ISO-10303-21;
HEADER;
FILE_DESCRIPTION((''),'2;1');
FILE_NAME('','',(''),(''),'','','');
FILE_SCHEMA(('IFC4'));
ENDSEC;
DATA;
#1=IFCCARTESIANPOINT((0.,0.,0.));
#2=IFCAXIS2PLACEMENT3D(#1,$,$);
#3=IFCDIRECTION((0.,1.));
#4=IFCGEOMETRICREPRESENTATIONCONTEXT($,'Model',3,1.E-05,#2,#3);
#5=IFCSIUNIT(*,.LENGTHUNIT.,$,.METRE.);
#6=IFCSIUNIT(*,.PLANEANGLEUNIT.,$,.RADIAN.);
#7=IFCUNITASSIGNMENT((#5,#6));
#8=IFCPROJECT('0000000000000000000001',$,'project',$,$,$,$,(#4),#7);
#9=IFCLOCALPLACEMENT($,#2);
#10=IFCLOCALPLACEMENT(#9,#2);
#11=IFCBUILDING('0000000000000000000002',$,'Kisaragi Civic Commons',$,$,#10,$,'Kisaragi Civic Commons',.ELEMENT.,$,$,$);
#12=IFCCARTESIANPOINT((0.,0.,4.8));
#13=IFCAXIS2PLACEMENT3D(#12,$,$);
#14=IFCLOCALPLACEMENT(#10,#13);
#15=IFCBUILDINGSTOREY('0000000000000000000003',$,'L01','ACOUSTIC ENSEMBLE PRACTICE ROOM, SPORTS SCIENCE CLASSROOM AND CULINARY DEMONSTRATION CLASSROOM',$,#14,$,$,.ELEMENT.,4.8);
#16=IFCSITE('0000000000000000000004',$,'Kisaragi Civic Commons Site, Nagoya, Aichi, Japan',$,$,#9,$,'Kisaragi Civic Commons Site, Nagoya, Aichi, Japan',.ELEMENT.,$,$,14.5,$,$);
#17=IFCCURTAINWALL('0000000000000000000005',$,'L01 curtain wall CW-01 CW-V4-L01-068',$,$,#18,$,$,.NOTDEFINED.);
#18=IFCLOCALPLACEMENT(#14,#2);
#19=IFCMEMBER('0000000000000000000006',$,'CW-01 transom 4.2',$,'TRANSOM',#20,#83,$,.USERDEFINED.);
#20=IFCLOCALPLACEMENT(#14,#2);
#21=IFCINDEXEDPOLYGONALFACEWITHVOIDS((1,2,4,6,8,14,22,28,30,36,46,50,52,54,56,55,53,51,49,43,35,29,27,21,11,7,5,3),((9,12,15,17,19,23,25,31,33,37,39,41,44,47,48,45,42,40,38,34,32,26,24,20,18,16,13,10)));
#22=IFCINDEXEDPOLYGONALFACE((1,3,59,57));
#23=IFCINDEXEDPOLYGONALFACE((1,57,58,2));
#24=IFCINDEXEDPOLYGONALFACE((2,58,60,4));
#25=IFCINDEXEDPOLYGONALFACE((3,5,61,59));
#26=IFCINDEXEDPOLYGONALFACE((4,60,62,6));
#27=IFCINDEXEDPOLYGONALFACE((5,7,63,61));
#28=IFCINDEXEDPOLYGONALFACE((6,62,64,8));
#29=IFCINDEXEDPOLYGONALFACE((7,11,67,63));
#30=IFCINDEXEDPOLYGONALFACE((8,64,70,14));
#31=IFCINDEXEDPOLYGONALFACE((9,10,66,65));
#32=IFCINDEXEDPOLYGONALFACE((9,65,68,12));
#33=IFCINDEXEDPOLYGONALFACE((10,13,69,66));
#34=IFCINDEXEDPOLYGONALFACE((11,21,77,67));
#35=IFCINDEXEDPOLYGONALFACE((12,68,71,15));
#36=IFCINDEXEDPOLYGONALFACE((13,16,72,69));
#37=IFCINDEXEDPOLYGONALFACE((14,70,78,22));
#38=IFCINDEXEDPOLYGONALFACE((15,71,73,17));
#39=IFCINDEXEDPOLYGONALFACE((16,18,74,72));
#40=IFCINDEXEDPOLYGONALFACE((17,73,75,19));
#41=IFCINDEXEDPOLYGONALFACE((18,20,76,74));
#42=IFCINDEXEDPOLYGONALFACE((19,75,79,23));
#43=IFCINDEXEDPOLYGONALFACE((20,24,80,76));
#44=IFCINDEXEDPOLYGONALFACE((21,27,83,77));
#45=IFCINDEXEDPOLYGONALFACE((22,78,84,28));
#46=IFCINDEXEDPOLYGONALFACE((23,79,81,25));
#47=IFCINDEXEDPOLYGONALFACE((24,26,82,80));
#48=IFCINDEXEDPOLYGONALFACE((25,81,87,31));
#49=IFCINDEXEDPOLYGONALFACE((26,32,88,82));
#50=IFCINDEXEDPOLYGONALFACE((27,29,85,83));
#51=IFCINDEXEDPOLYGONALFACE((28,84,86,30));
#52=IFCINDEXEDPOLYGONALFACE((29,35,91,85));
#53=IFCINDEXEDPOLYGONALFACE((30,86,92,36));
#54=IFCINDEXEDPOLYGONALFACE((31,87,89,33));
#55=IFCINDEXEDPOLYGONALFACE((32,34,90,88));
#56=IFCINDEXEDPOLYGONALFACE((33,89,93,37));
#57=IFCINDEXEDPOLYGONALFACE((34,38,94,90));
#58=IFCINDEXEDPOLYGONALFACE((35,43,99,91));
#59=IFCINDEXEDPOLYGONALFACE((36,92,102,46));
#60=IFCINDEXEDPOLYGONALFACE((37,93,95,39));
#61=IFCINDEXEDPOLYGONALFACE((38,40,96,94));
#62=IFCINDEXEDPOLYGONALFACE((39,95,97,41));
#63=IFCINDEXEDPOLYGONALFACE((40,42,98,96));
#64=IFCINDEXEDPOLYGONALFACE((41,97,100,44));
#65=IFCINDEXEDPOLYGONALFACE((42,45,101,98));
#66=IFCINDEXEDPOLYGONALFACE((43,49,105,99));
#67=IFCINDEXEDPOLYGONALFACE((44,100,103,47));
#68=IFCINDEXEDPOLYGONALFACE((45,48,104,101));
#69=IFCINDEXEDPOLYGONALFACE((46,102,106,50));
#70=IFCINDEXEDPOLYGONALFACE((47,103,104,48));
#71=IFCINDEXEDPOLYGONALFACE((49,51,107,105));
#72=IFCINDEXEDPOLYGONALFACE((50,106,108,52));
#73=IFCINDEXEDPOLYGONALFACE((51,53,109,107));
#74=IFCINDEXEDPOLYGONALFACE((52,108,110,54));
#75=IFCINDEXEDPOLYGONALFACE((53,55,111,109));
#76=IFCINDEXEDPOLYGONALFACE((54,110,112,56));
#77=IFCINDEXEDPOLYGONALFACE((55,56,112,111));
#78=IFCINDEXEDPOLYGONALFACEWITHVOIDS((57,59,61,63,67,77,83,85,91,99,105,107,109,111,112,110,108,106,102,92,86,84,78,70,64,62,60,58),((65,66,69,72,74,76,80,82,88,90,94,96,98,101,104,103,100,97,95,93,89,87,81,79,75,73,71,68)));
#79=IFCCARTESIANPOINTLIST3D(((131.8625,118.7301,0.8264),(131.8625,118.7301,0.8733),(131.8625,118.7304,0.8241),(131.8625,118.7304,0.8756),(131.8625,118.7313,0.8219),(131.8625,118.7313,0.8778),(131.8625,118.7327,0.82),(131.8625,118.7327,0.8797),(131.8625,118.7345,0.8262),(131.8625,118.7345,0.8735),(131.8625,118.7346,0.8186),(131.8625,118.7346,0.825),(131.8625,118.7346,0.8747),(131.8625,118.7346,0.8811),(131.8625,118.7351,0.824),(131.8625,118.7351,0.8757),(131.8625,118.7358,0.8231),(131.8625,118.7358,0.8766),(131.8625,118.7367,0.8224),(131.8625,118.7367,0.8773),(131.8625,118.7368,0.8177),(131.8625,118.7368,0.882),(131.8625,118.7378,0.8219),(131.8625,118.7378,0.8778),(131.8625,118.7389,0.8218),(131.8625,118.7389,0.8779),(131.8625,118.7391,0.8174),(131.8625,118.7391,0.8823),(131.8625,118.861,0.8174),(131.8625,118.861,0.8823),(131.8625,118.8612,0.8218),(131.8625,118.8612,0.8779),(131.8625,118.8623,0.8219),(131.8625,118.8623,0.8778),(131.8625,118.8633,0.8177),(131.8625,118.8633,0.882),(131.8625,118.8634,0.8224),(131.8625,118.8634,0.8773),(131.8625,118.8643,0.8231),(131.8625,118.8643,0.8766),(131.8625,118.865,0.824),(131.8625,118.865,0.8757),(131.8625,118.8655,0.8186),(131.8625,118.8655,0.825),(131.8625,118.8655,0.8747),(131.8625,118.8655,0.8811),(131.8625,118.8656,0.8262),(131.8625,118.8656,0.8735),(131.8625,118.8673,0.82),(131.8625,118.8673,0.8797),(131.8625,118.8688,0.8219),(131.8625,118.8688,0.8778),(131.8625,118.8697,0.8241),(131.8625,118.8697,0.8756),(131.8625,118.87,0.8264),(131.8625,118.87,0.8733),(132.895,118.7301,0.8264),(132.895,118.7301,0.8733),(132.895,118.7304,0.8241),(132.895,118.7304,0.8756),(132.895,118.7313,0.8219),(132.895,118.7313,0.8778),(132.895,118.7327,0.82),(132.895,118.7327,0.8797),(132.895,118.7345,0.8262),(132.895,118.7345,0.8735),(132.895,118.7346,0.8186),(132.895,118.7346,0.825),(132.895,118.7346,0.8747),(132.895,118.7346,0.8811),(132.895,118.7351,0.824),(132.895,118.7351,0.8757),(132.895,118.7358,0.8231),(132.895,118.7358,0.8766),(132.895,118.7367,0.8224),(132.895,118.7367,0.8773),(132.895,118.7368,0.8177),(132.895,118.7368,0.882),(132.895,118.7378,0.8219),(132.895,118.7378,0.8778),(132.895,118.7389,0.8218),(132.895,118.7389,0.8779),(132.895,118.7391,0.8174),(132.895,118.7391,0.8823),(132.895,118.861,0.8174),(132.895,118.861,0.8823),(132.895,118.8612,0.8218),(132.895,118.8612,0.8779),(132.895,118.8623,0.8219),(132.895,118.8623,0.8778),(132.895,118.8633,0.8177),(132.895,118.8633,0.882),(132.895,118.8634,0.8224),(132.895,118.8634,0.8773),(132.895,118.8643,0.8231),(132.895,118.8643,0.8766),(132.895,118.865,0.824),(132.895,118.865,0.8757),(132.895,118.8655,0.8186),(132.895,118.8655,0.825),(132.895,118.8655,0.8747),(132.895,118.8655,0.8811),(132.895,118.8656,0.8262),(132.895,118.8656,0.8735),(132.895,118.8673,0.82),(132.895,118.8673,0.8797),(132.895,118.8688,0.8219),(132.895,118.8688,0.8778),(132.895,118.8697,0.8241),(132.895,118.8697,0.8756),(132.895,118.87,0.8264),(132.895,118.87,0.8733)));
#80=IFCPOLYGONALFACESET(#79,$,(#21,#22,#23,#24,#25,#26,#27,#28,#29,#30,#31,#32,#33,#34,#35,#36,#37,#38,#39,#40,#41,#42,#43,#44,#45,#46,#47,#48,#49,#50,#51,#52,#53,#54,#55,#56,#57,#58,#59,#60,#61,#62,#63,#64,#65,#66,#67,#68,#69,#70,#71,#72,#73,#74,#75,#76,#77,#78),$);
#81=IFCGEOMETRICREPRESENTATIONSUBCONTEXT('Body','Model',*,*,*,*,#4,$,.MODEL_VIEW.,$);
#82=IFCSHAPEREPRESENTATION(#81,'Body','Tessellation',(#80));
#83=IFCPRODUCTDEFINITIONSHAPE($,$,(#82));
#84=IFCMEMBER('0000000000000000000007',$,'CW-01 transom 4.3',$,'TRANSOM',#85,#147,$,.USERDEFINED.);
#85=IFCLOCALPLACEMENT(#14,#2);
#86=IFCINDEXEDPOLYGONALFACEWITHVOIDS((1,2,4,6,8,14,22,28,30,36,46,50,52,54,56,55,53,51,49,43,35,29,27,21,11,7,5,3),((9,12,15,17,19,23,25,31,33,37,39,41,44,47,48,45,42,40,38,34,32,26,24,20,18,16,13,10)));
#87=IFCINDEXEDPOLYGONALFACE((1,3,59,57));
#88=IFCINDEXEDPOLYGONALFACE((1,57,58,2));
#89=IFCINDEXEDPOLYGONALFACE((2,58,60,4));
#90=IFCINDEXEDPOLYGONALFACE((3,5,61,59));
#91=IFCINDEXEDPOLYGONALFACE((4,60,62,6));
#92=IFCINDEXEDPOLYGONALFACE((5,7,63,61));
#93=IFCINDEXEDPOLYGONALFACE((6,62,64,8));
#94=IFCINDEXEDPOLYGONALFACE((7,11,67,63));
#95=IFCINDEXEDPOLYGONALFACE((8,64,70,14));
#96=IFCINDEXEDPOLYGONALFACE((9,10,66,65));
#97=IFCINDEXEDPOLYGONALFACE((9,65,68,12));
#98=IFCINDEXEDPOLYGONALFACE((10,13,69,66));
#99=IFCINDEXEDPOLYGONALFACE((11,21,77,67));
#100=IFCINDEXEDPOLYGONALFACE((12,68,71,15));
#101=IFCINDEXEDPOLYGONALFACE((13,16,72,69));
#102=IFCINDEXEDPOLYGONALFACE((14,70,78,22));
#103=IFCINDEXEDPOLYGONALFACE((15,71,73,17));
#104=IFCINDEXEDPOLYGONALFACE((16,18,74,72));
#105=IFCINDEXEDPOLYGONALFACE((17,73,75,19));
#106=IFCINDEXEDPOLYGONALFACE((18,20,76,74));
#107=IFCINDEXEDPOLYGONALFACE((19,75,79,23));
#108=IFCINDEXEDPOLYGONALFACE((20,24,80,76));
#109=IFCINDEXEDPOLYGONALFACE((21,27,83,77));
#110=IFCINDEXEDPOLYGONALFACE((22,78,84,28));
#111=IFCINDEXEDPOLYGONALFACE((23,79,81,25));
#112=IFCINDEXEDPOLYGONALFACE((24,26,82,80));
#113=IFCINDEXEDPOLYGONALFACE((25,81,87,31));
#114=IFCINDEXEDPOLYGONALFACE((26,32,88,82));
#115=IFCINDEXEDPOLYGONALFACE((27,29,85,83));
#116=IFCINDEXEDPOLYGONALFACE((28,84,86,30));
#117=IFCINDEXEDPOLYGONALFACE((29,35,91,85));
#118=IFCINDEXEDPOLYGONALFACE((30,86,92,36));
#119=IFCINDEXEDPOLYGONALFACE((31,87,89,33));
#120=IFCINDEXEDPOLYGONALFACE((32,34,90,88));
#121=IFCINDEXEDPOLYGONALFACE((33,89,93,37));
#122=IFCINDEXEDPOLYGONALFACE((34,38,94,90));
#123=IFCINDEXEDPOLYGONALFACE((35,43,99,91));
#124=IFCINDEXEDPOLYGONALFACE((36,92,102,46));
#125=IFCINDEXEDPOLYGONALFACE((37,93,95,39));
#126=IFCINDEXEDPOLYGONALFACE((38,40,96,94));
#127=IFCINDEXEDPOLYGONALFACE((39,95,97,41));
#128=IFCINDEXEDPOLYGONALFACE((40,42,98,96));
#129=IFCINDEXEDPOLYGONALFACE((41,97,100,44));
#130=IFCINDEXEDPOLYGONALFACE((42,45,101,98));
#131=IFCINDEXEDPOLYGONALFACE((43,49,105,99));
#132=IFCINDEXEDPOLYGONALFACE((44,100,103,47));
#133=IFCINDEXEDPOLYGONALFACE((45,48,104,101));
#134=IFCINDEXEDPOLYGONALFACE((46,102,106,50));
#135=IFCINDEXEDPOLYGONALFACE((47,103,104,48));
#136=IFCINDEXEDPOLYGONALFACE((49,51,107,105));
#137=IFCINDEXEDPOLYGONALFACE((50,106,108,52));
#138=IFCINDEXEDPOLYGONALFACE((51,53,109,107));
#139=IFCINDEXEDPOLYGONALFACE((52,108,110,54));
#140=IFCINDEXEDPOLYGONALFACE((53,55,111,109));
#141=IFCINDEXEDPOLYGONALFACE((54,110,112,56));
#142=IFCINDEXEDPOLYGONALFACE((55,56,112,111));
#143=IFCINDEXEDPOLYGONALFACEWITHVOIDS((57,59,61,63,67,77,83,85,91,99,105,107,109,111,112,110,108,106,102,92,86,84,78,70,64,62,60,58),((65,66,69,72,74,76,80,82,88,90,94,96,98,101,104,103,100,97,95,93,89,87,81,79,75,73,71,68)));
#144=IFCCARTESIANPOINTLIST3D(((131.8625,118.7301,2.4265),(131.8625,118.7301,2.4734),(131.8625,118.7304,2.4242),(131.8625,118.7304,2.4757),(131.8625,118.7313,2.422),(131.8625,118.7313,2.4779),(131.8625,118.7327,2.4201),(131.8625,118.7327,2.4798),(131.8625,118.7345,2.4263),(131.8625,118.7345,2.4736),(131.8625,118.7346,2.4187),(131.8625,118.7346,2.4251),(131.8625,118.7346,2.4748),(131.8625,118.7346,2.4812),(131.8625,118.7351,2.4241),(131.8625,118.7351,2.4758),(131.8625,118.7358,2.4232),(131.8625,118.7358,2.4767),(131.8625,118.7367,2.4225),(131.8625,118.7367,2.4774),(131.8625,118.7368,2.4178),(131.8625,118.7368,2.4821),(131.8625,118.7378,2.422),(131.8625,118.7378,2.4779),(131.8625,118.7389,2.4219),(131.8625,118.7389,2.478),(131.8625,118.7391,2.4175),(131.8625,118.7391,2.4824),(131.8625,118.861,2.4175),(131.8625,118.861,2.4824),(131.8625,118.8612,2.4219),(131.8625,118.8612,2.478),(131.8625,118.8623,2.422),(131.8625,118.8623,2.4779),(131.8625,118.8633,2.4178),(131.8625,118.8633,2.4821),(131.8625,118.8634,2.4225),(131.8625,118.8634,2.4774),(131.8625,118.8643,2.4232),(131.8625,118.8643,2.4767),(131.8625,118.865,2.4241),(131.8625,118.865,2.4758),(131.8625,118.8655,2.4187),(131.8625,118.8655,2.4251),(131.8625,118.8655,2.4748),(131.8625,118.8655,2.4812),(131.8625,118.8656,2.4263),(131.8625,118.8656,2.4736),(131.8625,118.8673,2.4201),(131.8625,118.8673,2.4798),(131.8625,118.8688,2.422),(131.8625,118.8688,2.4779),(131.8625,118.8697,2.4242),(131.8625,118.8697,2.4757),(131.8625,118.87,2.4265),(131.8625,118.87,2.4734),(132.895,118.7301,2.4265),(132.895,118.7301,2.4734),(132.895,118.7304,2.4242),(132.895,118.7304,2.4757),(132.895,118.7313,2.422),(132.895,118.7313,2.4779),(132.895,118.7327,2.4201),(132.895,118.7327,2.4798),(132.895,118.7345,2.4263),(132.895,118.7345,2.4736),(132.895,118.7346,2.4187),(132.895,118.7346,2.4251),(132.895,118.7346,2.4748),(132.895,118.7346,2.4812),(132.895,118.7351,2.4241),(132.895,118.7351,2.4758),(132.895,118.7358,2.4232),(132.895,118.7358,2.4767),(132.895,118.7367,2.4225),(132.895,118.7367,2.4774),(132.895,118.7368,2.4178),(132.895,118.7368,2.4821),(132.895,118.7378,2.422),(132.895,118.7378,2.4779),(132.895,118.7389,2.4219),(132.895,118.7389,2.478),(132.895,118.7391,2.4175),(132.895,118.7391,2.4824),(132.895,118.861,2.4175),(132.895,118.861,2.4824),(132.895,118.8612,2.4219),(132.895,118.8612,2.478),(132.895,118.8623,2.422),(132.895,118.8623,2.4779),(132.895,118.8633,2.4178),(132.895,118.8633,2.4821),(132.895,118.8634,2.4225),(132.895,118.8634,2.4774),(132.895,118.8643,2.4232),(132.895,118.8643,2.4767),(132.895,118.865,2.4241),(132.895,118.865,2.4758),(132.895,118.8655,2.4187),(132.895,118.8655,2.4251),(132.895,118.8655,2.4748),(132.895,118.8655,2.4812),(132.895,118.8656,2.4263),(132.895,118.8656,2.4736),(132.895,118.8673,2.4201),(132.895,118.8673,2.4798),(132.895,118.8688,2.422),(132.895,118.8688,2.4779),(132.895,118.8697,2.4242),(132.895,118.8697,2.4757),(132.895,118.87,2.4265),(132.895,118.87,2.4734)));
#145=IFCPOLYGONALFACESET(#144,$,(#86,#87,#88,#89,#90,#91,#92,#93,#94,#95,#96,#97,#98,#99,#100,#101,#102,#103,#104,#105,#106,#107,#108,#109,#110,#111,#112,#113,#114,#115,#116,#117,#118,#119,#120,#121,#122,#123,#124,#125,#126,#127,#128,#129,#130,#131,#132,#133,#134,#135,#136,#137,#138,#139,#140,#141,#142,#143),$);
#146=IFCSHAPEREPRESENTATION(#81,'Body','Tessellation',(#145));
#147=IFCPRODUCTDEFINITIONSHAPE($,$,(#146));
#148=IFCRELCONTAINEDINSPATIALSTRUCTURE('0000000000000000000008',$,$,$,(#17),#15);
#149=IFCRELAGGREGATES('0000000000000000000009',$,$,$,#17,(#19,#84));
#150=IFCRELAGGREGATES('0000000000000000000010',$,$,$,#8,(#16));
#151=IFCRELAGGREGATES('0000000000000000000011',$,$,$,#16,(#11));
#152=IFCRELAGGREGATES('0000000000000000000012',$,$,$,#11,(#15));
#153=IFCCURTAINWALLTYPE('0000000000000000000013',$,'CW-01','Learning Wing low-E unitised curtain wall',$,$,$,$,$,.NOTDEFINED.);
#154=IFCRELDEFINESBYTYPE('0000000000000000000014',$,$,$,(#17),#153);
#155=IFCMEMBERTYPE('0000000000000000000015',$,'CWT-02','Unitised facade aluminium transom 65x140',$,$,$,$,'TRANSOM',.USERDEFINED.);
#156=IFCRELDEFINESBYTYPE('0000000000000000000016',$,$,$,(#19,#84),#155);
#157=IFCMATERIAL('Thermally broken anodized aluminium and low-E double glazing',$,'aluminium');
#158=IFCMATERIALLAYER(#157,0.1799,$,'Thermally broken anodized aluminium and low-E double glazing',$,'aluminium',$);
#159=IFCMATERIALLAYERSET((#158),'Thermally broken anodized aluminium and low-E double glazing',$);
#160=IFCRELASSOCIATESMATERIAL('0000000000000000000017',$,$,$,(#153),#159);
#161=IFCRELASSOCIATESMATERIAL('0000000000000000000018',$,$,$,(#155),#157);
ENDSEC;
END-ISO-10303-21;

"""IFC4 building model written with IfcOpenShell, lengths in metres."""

from ifc_helpers import new_model, si_unit, direction, frame, origin, origin_2d, place, context, subcontext, project, spatial, hollow_rectangle, extrude, material, layer, layer_set, material_profile, profile_set, type_object, element, aggregate, save


model = new_model("IFC4")

# Units and contexts
model_context = context("Model", 3, precision=1e-05, world=origin(), true_north=direction((0.0, 1.0)))
body_context = subcontext(model_context, "Body", "Model", "MODEL_VIEW")
ifc_project = project(units=[si_unit("LENGTHUNIT", "METRE"), si_unit("PLANEANGLEUNIT", "RADIAN")], contexts=[model_context])

# Site, building, storey
site_placement = place(None, origin())
site = spatial("IfcSite", under=ifc_project, at=site_placement, Name="Kisaragi Civic Commons Site, Nagoya, Aichi, Japan", LongName="Kisaragi Civic Commons Site, Nagoya, Aichi, Japan", CompositionType="ELEMENT", RefElevation=14.5)
building_placement = place(site_placement, origin())
building = spatial("IfcBuilding", under=site, at=building_placement, Name="Kisaragi Civic Commons", LongName="Kisaragi Civic Commons", CompositionType="ELEMENT")
storey_placement = place(building_placement, frame((0.0, 0.0, 4.8)))
storey = spatial("IfcBuildingStorey", under=building, at=storey_placement, Name="L01", Description="ACOUSTIC ENSEMBLE PRACTICE ROOM, SPORTS SCIENCE CLASSROOM AND CULINARY DEMONSTRATION CLASSROOM", CompositionType="ELEMENT", Elevation=4.8)

# Curtain wall
ifc_material_1 = material(Name="Thermally broken anodized aluminium and low-E double glazing", Category="aluminium")
ifc_layer_1 = layer(ifc_material_1, 0.1799, Name="Thermally broken anodized aluminium and low-E double glazing", Category="aluminium")
ifc_layer_set_1 = layer_set([ifc_layer_1], Name="Thermally broken anodized aluminium and low-E double glazing")
curtain_wall_type = type_object("IfcCurtainWallType", Name="CW-01", Description="Learning Wing low-E unitised curtain wall", PredefinedType="NOTDEFINED", material=ifc_layer_set_1)
curtain_wall_1_placement = place(storey_placement, origin())
curtain_wall_1 = element("IfcCurtainWall", 1, at=curtain_wall_1_placement, inside=storey, type_object=curtain_wall_type, Name="L01 curtain wall CW-01 CW-V4-L01-068", PredefinedType="NOTDEFINED")

# Members
ifc_material_profile_1 = material_profile(ifc_material_1, hollow_rectangle(XDim=0.1399, YDim=0.0649, WallThickness=0.0044, InnerFilletRadius=0.0044, OuterFilletRadius=0.009, at=origin_2d()), Name="CWT-65x140x4.5", Category="aluminium")
ifc_profile_set_1 = profile_set([ifc_material_profile_1], Name="Thermally broken anodized aluminium and low-E double glazing")
member_type_1 = type_object("IfcMemberType", Name="CWT-02", Description="Unitised facade aluminium transom 65x140", ElementType="TRANSOM", PredefinedType="USERDEFINED", material=ifc_profile_set_1)
member_1_placement = place(storey_placement, frame((131.8625, 118.8, 0.8499), z_axis=(1.0, 0.0, 0.0), x_axis=(0.0, 1.0, 0.0)))
member_1 = element("IfcMember", 2, at=member_1_placement, type_object=member_type_1, Name="CW-01 transom 4.2", ObjectType="TRANSOM", PredefinedType="USERDEFINED", context=body_context, shape_type="SweptSolid", body=[
    extrude(hollow_rectangle(XDim=0.1399, YDim=0.0649, WallThickness=0.0044, InnerFilletRadius=0.0044, OuterFilletRadius=0.009, at=origin_2d()), origin(), (0.0, 0.0, 1.0), 1.0325),
])
member_2_placement = place(storey_placement, frame((131.8625, 118.8, 2.45), z_axis=(1.0, 0.0, 0.0), x_axis=(0.0, 1.0, 0.0)))
member_2 = element("IfcMember", 3, at=member_2_placement, type_object=member_type_1, Name="CW-01 transom 4.3", ObjectType="TRANSOM", PredefinedType="USERDEFINED", context=body_context, shape_type="SweptSolid", body=[
    extrude(hollow_rectangle(XDim=0.1399, YDim=0.0649, WallThickness=0.0044, InnerFilletRadius=0.0044, OuterFilletRadius=0.009, at=origin_2d()), origin(), (0.0, 0.0, 1.0), 1.0325),
])

aggregate(curtain_wall_1, [member_1, member_2])

save(model, "model.ifc")
